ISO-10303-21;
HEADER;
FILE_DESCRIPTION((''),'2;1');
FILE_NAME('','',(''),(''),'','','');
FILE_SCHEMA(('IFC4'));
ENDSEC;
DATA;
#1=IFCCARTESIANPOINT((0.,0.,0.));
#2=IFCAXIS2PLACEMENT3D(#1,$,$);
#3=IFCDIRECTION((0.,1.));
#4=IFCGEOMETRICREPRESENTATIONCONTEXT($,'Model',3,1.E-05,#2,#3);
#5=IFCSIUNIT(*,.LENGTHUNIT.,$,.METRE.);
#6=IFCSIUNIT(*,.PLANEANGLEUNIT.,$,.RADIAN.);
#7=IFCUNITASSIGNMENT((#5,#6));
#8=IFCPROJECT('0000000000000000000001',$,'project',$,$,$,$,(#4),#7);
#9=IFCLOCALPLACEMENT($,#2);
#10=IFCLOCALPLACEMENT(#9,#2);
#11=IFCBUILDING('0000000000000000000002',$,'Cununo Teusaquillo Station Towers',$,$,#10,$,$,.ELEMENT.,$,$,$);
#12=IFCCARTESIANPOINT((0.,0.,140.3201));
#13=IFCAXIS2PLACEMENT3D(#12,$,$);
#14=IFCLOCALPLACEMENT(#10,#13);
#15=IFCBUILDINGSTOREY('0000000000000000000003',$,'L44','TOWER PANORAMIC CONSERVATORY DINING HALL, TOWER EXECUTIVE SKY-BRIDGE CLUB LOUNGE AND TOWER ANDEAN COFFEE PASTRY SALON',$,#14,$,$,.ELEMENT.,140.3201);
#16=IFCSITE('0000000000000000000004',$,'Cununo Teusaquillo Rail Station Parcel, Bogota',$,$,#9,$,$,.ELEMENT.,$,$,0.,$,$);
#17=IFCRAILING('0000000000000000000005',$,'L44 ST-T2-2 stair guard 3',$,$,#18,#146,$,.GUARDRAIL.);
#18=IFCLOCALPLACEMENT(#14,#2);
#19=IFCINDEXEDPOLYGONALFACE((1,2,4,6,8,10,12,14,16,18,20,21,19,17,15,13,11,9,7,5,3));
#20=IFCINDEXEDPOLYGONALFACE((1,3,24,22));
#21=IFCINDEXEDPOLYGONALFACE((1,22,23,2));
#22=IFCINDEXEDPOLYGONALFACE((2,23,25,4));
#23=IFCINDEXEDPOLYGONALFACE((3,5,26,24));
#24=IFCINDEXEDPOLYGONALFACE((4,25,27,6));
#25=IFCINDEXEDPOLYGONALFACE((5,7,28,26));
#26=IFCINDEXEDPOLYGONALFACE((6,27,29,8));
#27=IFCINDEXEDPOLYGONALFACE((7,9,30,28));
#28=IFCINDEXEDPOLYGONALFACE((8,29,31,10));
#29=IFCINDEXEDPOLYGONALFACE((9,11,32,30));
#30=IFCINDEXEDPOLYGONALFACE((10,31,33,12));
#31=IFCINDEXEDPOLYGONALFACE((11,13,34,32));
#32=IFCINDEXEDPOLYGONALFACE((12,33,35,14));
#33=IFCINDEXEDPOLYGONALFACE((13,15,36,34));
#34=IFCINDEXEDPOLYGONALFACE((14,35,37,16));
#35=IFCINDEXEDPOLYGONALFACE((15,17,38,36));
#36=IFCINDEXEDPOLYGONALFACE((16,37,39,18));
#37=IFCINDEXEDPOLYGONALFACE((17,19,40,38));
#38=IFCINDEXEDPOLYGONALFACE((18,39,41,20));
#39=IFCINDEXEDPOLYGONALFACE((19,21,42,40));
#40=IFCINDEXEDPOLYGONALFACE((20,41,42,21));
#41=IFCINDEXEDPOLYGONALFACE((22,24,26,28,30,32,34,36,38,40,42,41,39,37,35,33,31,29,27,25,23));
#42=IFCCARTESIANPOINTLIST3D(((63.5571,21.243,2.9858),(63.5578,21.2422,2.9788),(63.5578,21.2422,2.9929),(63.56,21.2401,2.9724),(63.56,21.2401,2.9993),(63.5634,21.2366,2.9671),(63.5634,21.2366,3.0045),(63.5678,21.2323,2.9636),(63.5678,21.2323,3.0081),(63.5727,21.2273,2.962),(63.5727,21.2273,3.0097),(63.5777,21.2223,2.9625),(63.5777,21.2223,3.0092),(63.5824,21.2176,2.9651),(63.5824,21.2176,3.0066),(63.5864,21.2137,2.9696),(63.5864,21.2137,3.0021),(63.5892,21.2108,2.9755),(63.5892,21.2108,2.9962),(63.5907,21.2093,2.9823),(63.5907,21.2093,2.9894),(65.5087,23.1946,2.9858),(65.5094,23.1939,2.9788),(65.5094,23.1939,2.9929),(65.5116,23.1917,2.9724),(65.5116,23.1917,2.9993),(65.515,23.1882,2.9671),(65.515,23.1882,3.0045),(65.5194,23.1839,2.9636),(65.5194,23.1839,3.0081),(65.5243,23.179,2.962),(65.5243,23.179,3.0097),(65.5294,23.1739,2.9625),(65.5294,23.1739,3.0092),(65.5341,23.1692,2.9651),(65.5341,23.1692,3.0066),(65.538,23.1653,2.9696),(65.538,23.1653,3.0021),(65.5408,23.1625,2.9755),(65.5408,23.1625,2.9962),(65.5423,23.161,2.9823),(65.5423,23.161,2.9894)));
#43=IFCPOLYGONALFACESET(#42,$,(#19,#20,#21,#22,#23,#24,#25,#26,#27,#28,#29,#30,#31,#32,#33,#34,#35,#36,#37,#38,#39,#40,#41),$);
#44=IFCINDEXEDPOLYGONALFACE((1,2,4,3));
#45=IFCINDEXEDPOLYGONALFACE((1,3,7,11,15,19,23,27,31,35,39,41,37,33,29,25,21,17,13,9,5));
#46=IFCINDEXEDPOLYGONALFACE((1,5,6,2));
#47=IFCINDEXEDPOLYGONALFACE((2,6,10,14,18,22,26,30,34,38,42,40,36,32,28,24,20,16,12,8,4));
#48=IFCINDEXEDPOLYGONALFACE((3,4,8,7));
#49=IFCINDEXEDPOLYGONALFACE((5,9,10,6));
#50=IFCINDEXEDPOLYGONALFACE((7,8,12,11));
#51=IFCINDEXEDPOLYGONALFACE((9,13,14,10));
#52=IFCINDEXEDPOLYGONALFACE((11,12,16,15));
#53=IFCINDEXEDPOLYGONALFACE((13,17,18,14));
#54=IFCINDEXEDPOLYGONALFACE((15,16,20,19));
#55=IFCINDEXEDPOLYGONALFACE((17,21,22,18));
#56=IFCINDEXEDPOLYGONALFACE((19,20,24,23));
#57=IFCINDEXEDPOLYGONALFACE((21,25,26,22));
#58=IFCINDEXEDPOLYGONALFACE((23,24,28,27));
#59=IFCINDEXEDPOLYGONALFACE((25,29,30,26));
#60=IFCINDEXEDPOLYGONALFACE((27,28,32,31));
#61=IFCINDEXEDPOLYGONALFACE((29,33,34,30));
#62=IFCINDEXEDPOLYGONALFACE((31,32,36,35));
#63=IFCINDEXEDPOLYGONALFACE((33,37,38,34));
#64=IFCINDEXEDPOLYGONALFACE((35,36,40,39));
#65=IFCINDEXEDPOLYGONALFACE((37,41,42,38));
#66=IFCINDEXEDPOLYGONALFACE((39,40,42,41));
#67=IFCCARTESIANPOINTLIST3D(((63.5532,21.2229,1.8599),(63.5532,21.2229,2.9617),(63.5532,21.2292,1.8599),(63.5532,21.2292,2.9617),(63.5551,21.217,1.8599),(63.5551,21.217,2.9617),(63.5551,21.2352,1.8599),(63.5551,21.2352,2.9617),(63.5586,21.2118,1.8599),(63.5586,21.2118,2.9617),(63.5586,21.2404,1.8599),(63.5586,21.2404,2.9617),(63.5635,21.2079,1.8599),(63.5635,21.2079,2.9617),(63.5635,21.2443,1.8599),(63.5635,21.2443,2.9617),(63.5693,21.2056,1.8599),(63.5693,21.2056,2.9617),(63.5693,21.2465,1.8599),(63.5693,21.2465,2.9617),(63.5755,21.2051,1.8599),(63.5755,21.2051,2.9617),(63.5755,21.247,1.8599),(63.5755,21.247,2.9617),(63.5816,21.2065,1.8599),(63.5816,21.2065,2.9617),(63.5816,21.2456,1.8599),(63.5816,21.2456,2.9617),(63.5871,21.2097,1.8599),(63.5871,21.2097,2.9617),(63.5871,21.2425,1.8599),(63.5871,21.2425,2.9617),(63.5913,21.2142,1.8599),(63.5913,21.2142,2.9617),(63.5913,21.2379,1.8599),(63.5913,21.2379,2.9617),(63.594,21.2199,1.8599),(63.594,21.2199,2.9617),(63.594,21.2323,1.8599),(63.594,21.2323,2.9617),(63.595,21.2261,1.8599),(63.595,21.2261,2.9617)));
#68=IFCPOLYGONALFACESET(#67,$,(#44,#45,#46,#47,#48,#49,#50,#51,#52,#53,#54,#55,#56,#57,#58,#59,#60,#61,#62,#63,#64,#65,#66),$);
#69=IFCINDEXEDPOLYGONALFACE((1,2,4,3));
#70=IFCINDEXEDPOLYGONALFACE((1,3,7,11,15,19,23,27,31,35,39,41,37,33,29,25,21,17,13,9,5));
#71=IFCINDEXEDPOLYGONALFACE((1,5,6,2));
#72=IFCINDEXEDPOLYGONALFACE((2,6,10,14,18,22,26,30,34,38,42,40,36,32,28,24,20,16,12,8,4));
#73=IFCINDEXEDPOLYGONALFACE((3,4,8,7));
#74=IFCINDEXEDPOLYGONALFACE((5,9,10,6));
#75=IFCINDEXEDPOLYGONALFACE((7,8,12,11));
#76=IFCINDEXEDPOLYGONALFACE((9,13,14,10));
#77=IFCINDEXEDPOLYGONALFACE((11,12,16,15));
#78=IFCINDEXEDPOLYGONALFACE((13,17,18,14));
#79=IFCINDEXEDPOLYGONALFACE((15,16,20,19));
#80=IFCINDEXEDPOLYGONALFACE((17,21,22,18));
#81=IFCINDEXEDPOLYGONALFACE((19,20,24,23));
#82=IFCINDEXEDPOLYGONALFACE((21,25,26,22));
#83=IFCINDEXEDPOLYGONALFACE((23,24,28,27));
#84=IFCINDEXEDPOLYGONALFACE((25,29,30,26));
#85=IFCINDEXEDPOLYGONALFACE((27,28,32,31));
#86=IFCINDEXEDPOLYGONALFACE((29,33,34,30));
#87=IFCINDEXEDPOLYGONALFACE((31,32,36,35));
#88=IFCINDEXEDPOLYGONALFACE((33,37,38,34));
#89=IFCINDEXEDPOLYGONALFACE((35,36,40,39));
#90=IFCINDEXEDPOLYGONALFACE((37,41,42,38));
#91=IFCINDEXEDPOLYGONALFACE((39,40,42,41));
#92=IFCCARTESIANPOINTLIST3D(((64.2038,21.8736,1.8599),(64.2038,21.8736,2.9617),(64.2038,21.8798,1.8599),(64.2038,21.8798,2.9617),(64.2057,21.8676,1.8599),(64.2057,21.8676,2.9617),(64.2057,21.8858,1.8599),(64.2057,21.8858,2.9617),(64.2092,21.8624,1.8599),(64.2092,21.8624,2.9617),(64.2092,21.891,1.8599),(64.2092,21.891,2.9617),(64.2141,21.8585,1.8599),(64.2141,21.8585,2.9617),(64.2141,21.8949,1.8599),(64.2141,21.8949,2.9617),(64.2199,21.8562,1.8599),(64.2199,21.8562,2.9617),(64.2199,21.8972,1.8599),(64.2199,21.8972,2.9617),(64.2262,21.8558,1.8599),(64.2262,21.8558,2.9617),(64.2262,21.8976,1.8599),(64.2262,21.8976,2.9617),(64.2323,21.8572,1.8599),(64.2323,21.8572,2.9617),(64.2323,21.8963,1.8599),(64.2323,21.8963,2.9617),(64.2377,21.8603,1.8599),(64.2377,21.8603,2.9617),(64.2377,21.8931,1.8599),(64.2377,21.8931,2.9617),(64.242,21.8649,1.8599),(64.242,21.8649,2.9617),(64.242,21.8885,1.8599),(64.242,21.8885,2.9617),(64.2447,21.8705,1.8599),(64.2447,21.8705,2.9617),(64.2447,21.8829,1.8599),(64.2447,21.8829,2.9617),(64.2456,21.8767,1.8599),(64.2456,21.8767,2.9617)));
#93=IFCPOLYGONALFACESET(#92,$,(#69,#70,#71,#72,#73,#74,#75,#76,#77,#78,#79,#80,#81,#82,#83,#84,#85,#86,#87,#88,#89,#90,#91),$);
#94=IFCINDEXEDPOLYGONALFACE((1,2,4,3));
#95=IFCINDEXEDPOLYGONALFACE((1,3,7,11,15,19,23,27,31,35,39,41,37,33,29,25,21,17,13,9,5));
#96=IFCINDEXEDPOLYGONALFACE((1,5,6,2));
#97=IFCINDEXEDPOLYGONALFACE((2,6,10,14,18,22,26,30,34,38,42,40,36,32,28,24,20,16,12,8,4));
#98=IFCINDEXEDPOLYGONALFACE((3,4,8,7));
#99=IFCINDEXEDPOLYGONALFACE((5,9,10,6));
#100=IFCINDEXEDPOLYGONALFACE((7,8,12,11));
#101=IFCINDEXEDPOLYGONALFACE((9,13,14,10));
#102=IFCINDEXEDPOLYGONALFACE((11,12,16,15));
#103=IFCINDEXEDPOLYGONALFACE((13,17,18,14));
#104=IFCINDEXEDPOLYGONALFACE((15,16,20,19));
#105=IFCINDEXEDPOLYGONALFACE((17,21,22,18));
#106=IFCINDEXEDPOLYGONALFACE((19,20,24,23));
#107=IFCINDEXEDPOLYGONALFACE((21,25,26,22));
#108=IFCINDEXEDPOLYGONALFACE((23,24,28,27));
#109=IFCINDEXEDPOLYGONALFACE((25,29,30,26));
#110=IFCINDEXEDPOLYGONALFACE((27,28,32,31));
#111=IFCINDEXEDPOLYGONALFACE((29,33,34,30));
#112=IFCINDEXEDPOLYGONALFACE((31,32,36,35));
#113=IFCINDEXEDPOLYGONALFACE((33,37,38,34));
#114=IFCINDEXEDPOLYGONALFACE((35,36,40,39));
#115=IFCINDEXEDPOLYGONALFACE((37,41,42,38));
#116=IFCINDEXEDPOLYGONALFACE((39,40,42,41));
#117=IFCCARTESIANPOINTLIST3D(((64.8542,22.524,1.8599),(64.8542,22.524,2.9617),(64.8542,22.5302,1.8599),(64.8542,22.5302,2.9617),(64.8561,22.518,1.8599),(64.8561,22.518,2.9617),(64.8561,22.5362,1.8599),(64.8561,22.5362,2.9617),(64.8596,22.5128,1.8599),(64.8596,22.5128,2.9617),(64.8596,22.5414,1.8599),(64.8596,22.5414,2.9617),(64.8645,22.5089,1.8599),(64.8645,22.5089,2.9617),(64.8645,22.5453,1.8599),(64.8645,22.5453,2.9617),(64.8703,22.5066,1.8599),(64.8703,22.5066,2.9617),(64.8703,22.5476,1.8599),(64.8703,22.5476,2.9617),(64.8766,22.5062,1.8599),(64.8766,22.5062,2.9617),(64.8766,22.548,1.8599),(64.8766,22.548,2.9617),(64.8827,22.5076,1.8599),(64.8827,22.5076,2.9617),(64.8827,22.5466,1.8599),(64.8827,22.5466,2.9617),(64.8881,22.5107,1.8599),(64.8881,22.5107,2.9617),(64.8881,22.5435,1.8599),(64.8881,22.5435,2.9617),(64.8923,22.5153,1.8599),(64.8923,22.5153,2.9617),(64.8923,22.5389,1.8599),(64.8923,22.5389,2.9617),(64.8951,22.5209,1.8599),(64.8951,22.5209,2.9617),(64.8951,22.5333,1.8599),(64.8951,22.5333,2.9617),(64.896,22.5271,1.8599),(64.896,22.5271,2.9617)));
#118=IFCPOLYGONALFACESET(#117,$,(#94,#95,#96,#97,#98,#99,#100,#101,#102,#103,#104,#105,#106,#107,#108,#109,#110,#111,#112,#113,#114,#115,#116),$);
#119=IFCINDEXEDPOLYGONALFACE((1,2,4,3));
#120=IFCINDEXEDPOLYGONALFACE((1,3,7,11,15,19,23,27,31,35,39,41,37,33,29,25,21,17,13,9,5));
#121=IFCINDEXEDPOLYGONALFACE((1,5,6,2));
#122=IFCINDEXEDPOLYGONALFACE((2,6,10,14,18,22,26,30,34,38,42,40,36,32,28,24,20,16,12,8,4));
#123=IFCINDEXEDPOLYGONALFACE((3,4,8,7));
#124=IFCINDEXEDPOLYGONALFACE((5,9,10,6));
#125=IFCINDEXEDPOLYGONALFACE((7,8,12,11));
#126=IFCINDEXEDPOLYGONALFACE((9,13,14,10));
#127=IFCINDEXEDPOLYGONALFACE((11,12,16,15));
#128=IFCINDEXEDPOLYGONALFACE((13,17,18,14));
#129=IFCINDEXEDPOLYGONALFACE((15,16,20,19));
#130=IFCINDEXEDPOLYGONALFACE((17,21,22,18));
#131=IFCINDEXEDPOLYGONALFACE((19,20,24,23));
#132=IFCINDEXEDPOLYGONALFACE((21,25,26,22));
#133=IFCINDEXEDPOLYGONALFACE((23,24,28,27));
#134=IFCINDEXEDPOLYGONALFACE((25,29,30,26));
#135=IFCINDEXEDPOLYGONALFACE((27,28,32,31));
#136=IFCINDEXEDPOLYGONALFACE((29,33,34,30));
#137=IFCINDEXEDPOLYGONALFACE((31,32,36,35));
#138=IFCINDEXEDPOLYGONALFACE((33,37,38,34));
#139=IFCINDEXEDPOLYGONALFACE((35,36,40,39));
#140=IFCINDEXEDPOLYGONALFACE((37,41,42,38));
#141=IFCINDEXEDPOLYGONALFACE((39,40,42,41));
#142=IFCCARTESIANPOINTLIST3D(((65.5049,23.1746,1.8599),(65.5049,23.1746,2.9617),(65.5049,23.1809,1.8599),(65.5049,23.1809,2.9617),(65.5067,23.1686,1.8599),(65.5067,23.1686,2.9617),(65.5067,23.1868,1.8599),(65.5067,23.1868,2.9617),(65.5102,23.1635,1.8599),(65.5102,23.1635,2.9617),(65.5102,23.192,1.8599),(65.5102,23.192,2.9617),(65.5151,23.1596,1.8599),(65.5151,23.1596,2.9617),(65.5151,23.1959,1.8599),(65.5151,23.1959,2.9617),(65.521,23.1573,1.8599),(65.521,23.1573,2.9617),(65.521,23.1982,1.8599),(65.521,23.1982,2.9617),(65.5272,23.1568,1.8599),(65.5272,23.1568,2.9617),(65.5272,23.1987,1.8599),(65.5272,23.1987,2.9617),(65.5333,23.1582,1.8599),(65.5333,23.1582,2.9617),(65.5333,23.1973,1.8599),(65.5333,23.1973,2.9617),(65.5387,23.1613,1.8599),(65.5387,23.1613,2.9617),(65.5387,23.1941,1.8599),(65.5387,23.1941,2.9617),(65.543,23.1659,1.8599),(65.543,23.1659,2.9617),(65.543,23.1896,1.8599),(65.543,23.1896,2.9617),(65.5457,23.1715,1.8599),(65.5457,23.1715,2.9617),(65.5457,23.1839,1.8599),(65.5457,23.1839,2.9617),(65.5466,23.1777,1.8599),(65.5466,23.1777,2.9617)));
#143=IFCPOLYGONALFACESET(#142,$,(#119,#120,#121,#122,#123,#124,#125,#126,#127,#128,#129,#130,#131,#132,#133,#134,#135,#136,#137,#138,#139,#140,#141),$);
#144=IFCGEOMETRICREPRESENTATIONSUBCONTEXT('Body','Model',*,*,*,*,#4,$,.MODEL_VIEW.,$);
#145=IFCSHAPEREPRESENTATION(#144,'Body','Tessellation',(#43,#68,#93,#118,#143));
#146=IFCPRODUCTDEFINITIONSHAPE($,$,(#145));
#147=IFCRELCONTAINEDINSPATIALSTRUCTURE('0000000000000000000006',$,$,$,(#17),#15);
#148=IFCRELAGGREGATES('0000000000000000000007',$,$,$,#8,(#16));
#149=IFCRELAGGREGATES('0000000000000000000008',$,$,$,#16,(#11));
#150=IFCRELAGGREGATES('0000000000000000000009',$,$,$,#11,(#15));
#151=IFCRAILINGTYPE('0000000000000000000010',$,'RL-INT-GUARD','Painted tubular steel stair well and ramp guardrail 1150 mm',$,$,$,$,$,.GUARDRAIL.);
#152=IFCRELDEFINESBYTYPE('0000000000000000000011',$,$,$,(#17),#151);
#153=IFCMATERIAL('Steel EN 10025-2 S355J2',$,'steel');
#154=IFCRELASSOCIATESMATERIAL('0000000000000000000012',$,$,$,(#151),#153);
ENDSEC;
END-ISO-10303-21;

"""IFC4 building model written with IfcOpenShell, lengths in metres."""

from ifc_helpers import new_model, si_unit, direction, frame, origin, origin_2d, place, context, subcontext, project, spatial, circle, extrude, material, type_object, element, save


model = new_model("IFC4")

# Units and contexts
model_context = context("Model", 3, precision=1e-05, world=origin(), true_north=direction((0.0, 1.0)))
body_context = subcontext(model_context, "Body", "Model", "MODEL_VIEW")
ifc_project = project(units=[si_unit("LENGTHUNIT", "METRE"), si_unit("PLANEANGLEUNIT", "RADIAN")], contexts=[model_context])

# Site, building, storey
site_placement = place(None, origin())
site = spatial("IfcSite", under=ifc_project, at=site_placement, Name="Cununo Teusaquillo Rail Station Parcel, Bogota", CompositionType="ELEMENT", RefElevation=0.0)
building_placement = place(site_placement, origin())
building = spatial("IfcBuilding", under=site, at=building_placement, Name="Cununo Teusaquillo Station Towers", CompositionType="ELEMENT")
storey_placement = place(building_placement, frame((0.0, 0.0, 140.3201)))
storey = spatial("IfcBuildingStorey", under=building, at=storey_placement, Name="L44", Description="TOWER PANORAMIC CONSERVATORY DINING HALL, TOWER EXECUTIVE SKY-BRIDGE CLUB LOUNGE AND TOWER ANDEAN COFFEE PASTRY SALON", CompositionType="ELEMENT", Elevation=140.3201)

# Railing
ifc_material_1 = material(Name="Steel EN 10025-2 S355J2", Category="steel")
railing_type = type_object("IfcRailingType", Name="RL-INT-GUARD", Description="Painted tubular steel stair well and ramp guardrail 1150 mm", PredefinedType="GUARDRAIL", material=ifc_material_1)
railing_1_placement = place(storey_placement, frame((63.574, 21.2261, 1.8599)))
element("IfcRailing", 1, at=railing_1_placement, inside=storey, type_object=railing_type, Name="L44 ST-T2-2 stair guard 3", PredefinedType="GUARDRAIL", context=body_context, shape_type="SweptSolid", body=[
    extrude(circle(Radius=0.0239, at=origin_2d()), frame((0.0, 0.0, 1.126), z_axis=(0.707107, 0.707107, 0.0), x_axis=(-0.707107, 0.707107, 0.0)), (0.0, 0.0, 1.0), 2.76),
    extrude(circle(Radius=0.021, at=origin_2d()), origin(), (0.0, 0.0, 1.0), 1.1018),
    extrude(circle(Radius=0.021, at=origin_2d()), frame((0.6506, 0.6506, 0.0)), (0.0, 0.0, 1.0), 1.1018),
    extrude(circle(Radius=0.021, at=origin_2d()), frame((1.301, 1.301, 0.0)), (0.0, 0.0, 1.0), 1.1018),
    extrude(circle(Radius=0.021, at=origin_2d()), frame((1.9517, 1.9517, 0.0)), (0.0, 0.0, 1.0), 1.1018),
])

save(model, "model.ifc")
